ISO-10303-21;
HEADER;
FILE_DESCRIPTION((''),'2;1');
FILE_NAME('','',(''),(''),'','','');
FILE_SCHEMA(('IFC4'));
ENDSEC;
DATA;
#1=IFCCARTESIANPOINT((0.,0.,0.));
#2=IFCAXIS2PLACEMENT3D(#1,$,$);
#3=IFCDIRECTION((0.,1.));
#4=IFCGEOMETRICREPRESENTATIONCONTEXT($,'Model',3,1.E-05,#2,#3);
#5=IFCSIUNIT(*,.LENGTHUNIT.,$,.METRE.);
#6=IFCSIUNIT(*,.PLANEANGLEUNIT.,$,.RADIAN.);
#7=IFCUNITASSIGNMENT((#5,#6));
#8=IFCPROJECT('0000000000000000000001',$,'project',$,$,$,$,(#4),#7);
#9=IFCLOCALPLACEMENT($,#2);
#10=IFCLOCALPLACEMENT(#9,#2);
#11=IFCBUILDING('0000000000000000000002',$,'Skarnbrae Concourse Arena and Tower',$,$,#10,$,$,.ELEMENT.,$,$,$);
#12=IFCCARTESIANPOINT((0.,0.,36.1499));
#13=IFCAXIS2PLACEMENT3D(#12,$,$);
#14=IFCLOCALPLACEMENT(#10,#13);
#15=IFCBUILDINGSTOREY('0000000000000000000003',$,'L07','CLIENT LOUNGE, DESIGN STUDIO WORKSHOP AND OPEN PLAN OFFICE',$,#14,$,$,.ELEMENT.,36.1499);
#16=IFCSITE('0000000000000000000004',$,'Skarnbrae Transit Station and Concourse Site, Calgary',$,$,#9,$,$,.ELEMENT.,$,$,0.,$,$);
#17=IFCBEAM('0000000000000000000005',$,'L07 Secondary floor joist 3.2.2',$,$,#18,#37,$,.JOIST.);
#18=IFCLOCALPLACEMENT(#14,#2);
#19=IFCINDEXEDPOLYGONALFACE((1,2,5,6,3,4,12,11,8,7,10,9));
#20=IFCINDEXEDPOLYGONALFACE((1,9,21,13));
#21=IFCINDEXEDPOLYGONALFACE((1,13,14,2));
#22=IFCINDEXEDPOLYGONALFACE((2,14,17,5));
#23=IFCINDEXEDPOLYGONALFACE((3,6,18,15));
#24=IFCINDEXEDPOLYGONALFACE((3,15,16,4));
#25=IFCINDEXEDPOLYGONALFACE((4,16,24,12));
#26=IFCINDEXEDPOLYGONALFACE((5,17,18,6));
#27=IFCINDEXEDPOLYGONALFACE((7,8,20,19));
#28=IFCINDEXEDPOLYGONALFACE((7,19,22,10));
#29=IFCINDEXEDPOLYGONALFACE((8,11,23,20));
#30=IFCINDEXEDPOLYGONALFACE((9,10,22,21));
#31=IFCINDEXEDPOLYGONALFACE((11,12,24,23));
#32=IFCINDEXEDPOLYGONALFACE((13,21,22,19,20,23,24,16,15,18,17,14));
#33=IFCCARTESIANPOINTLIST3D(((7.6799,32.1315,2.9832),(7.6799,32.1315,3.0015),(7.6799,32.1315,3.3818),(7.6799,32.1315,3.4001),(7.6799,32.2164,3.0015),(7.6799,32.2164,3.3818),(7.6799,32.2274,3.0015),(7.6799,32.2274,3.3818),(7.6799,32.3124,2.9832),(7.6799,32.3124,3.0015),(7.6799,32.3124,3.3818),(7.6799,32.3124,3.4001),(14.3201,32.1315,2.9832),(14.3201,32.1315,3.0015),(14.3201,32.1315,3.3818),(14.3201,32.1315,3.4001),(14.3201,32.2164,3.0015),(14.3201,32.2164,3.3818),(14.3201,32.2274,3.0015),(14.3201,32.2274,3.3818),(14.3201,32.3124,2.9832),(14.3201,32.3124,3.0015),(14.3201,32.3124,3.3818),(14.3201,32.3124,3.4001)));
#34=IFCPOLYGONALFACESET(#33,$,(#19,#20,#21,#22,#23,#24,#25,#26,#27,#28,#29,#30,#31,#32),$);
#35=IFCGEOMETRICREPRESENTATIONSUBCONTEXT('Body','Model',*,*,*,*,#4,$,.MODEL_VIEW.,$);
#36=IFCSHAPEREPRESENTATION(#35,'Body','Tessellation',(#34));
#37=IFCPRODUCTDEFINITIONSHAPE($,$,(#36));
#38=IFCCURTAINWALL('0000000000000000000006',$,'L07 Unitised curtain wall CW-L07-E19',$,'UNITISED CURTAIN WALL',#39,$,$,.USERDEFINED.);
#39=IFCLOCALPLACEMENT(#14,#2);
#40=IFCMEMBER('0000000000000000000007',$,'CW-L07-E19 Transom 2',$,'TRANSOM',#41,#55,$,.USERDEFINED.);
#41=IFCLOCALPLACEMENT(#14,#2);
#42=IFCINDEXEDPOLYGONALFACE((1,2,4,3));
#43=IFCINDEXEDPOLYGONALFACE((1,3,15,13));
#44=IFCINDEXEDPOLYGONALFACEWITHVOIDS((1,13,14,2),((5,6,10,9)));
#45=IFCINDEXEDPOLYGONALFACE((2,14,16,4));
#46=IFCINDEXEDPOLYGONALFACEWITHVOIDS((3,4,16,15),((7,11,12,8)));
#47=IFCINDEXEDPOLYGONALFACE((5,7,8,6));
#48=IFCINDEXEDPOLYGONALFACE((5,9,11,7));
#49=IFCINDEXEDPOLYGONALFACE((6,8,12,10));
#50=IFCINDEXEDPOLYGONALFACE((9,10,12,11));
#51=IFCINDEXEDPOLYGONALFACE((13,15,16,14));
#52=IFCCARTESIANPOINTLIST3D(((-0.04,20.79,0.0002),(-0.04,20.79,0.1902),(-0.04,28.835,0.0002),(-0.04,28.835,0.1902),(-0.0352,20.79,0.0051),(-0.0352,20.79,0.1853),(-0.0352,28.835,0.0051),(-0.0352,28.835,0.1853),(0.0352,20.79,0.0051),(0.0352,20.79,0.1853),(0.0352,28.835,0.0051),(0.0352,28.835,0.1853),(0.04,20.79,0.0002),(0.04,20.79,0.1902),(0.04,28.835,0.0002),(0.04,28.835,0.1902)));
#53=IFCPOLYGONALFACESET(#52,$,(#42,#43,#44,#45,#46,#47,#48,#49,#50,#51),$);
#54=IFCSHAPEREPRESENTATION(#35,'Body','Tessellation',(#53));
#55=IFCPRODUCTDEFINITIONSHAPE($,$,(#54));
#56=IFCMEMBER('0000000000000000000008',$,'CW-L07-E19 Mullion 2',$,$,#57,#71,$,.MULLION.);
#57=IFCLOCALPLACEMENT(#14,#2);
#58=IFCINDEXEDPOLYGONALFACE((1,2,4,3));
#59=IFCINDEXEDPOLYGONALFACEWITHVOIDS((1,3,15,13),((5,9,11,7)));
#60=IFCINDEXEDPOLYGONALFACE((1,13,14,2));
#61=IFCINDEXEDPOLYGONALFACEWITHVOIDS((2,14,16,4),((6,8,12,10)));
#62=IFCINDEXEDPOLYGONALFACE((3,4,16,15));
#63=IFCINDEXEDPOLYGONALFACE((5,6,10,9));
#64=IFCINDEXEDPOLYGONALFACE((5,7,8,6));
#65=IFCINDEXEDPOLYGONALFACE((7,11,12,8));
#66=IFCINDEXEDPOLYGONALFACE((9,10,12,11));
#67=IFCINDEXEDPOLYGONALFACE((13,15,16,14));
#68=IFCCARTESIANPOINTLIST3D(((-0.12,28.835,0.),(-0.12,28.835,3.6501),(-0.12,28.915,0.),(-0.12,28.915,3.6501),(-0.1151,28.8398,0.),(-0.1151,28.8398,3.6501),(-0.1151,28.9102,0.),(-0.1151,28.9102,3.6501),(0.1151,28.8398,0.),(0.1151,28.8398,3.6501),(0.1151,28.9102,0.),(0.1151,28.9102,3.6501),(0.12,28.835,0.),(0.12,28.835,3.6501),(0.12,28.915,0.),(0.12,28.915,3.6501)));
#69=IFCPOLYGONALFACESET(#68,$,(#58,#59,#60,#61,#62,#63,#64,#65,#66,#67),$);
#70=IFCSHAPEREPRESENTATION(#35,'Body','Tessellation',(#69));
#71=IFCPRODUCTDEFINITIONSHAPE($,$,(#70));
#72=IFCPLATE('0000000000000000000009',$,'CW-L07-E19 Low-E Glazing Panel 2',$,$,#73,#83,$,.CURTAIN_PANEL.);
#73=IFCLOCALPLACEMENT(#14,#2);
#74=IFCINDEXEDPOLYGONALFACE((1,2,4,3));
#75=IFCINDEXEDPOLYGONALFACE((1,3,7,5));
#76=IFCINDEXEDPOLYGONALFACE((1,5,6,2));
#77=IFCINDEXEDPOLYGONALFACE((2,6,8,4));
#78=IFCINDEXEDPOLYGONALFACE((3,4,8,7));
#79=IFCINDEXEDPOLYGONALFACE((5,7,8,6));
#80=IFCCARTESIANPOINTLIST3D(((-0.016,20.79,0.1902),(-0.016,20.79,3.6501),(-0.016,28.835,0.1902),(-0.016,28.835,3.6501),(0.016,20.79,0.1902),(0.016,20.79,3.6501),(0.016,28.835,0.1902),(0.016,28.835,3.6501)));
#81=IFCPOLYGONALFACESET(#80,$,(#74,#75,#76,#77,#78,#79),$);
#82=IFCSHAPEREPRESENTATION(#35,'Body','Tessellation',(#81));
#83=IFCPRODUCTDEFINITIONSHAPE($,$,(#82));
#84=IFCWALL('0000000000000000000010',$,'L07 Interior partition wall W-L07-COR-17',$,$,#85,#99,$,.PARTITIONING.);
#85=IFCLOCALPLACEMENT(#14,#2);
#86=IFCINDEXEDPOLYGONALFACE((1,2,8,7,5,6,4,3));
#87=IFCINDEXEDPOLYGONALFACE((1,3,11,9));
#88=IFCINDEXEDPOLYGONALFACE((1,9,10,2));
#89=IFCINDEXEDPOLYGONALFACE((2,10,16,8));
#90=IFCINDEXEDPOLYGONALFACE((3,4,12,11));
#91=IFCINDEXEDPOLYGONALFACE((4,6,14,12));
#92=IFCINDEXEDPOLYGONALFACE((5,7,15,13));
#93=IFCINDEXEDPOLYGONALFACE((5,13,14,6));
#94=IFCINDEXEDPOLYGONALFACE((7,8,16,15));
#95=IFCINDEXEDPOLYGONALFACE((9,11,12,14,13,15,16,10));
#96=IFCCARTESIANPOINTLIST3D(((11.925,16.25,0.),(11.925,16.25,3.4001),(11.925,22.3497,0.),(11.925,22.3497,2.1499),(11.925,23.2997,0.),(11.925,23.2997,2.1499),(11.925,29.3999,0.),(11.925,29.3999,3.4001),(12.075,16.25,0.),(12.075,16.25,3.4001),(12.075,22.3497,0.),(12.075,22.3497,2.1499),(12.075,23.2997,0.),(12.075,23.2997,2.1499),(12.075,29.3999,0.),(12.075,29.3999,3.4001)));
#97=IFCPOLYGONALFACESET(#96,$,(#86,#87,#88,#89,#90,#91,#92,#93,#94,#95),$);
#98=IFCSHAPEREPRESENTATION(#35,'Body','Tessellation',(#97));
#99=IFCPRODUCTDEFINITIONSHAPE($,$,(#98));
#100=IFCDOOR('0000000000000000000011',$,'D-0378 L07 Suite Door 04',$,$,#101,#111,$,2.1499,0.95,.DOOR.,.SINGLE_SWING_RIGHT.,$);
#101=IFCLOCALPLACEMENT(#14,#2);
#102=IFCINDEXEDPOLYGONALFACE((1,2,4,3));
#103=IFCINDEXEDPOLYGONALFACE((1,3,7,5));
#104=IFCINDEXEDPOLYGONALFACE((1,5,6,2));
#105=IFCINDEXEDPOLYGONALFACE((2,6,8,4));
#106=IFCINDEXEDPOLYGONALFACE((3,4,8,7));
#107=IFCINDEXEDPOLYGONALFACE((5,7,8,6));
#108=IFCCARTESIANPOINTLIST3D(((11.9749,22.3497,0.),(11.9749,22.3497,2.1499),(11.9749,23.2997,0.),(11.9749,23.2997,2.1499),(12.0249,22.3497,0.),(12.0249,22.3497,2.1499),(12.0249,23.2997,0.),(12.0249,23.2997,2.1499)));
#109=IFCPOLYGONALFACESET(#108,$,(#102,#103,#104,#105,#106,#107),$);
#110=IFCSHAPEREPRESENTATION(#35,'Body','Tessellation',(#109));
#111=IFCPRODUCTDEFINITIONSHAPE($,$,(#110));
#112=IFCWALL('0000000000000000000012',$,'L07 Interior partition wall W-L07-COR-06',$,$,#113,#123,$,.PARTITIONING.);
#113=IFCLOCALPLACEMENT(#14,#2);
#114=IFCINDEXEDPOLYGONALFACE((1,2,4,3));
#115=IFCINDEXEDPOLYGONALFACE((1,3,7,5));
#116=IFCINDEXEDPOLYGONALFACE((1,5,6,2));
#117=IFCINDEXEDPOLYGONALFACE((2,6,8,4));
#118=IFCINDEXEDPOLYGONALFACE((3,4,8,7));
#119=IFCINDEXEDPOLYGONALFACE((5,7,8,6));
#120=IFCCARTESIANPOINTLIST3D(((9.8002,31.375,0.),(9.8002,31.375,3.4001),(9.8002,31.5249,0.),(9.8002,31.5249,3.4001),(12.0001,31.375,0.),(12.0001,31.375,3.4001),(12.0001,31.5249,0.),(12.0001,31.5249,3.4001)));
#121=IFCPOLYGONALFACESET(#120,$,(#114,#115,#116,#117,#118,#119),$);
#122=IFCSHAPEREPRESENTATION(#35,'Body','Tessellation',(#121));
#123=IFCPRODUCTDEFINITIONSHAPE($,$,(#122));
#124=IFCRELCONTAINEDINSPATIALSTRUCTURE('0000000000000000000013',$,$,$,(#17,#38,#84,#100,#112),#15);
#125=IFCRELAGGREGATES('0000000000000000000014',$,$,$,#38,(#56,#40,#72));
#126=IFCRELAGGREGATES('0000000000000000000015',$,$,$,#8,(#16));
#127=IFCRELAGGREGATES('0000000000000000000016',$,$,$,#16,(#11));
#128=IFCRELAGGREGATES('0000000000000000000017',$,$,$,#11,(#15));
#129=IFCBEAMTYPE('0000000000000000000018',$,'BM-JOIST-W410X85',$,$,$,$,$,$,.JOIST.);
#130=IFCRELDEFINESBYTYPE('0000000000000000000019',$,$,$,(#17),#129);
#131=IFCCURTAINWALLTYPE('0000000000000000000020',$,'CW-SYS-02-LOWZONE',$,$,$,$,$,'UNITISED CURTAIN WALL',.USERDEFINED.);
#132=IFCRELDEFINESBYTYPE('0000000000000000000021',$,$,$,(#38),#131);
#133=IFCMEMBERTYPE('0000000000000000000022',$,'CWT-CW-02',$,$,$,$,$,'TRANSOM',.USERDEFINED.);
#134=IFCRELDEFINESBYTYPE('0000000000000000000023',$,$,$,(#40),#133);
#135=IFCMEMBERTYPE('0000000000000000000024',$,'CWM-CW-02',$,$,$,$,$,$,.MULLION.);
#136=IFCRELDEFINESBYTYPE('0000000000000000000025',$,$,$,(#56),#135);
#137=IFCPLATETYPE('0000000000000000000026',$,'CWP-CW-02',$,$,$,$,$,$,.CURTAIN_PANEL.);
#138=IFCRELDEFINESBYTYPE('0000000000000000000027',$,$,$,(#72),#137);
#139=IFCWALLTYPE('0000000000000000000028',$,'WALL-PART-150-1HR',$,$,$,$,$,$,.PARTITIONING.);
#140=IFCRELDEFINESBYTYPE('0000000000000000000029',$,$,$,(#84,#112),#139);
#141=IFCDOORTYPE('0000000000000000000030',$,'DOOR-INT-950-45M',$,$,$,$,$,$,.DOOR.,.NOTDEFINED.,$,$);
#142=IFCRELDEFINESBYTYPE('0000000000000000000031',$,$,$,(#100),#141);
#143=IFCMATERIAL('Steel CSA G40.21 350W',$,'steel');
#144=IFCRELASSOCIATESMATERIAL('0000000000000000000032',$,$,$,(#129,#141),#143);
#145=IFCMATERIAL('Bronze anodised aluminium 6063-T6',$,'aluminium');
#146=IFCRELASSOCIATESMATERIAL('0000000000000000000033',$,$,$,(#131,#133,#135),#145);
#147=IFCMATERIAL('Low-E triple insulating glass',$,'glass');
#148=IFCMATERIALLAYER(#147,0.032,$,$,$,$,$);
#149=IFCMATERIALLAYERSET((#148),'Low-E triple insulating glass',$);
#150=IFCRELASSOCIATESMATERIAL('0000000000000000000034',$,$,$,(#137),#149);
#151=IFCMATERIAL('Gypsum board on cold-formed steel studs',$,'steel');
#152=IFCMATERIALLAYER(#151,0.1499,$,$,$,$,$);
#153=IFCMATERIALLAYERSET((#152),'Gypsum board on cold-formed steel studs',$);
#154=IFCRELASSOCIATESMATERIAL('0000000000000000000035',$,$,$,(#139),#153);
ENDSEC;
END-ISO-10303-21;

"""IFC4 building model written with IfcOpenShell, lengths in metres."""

from ifc_helpers import new_model, si_unit, direction, frame, frame_2d, origin, origin_2d, place, context, subcontext, project, spatial, rectangle, hollow_rectangle, i_section, extrude, source, transform, mapped, material, layer, layer_set, material_profile, profile_set, type_object, element, fill, aggregate, save


model = new_model("IFC4")

# Units and contexts
model_context = context("Model", 3, precision=1e-05, world=origin(), true_north=direction((0.0, 1.0)))
body_context = subcontext(model_context, "Body", "Model", "MODEL_VIEW")
ifc_project = project(units=[si_unit("LENGTHUNIT", "METRE"), si_unit("PLANEANGLEUNIT", "RADIAN")], contexts=[model_context])

# Site, building, storey
site_placement = place(None, origin())
site = spatial("IfcSite", under=ifc_project, at=site_placement, Name="Skarnbrae Transit Station and Concourse Site, Calgary", CompositionType="ELEMENT", RefElevation=0.0)
building_placement = place(site_placement, origin())
building = spatial("IfcBuilding", under=site, at=building_placement, Name="Skarnbrae Concourse Arena and Tower", CompositionType="ELEMENT")
storey_placement = place(building_placement, frame((0.0, 0.0, 36.1499)))
storey = spatial("IfcBuildingStorey", under=building, at=storey_placement, Name="L07", Description="CLIENT LOUNGE, DESIGN STUDIO WORKSHOP AND OPEN PLAN OFFICE", CompositionType="ELEMENT", Elevation=36.1499)

# Shared definitions
ifc_material_1 = material(Name="Steel CSA G40.21 350W", Category="steel")

# Beam
ifc_material_profile_1 = material_profile(ifc_material_1, i_section(OverallWidth=0.1809, OverallDepth=0.417, WebThickness=0.011, FlangeThickness=0.0183, at=origin_2d()), Name="W410X85")
ifc_profile_set_1 = profile_set([ifc_material_profile_1], Name="Steel CSA G40.21 350W")
beam_type_1 = type_object("IfcBeamType", Name="BM-JOIST-W410X85", PredefinedType="JOIST", material=ifc_profile_set_1)
shared_shape_1 = source(origin(), body_context, "Body", "SweptSolid", [
    extrude(i_section(OverallWidth=0.1809, OverallDepth=0.417, WebThickness=0.011, FlangeThickness=0.0183, at=origin_2d()), origin(), (0.0, 0.0, 1.0), 6.6401),
])
for number, where, z_axis, x_axis, name in (
    (1, (7.6799, 32.2219, 3.1917), (1.0, 0.0, 0.0), (0.0, 1.0, 0.0), "L07 Secondary floor joist 3.2.2"),
):
    element("IfcBeam", number, at=place(storey_placement, frame(where, z_axis=z_axis, x_axis=x_axis)), inside=storey, type_object=beam_type_1, Name=name, PredefinedType="JOIST", context=body_context, shape_type="MappedRepresentation", body=[
        mapped(shared_shape_1, transform((0.0, 0.0, 0.0))),
    ])

# Curtain wall, members, plate
ifc_material_2 = material(Name="Bronze anodised aluminium 6063-T6", Category="aluminium")
curtain_wall_type = type_object("IfcCurtainWallType", Name="CW-SYS-02-LOWZONE", ElementType="UNITISED CURTAIN WALL", PredefinedType="USERDEFINED", material=ifc_material_2)
curtain_wall_placement = place(storey_placement, origin())
curtain_wall = element("IfcCurtainWall", 2, at=curtain_wall_placement, inside=storey, type_object=curtain_wall_type, Name="L07 Unitised curtain wall CW-L07-E19", ObjectType="UNITISED CURTAIN WALL", PredefinedType="USERDEFINED")
ifc_material_profile_2 = material_profile(ifc_material_2, hollow_rectangle(XDim=0.0801, YDim=0.1899, WallThickness=0.0049, at=origin_2d()), Name="ALU-TRAN-80X190")
ifc_profile_set_2 = profile_set([ifc_material_profile_2], Name="Bronze anodised aluminium 6063-T6")
member_type_1 = type_object("IfcMemberType", Name="CWT-CW-02", ElementType="TRANSOM", PredefinedType="USERDEFINED", material=ifc_profile_set_2)
shared_shape_2 = source(origin(), body_context, "Body", "SweptSolid", [
    extrude(hollow_rectangle(XDim=0.0801, YDim=0.1899, WallThickness=0.0049, at=origin_2d()), origin(), (0.0, 0.0, 1.0), 8.0449),
])
member_1_placement = place(storey_placement, frame((0.0, 28.835, 0.0952), z_axis=(0.0, -1.0, 0.0), x_axis=(1.0, 0.0, 0.0)))
member_1 = element("IfcMember", 3, at=member_1_placement, type_object=member_type_1, Name="CW-L07-E19 Transom 2", ObjectType="TRANSOM", PredefinedType="USERDEFINED", context=body_context, shape_type="MappedRepresentation", body=[
    mapped(shared_shape_2, transform((0.0, 0.0, 0.0))),
])
ifc_material_profile_3 = material_profile(ifc_material_2, hollow_rectangle(XDim=0.0801, YDim=0.24, WallThickness=0.0049, at=origin_2d()), Name="ALU-MULL-80X240")
ifc_profile_set_3 = profile_set([ifc_material_profile_3], Name="Bronze anodised aluminium 6063-T6")
member_type_2 = type_object("IfcMemberType", Name="CWM-CW-02", PredefinedType="MULLION", material=ifc_profile_set_3)
shared_shape_3 = source(origin(), body_context, "Body", "SweptSolid", [
    extrude(hollow_rectangle(XDim=0.0801, YDim=0.24, WallThickness=0.0049, at=origin_2d()), origin(), (0.0, 0.0, 1.0), 3.6501),
])
member_2_placement = place(storey_placement, frame((0.0, 28.875, 0.0), z_axis=(0.0, 0.0, 1.0), x_axis=(0.0, -1.0, 0.0)))
member_2 = element("IfcMember", 4, at=member_2_placement, type_object=member_type_2, Name="CW-L07-E19 Mullion 2", PredefinedType="MULLION", context=body_context, shape_type="MappedRepresentation", body=[
    mapped(shared_shape_3, transform((0.0, 0.0, 0.0))),
])
ifc_material_3 = material(Name="Low-E triple insulating glass", Category="glass")
ifc_layer_1 = layer(ifc_material_3, 0.032)
ifc_layer_set_1 = layer_set([ifc_layer_1], Name="Low-E triple insulating glass")
plate_type = type_object("IfcPlateType", Name="CWP-CW-02", PredefinedType="CURTAIN_PANEL", material=ifc_layer_set_1)
shared_shape_4 = source(origin(), body_context, "Body", "SweptSolid", [
    extrude(rectangle(XDim=8.0449, YDim=0.032, at=origin_2d()), origin(), (0.0, 0.0, 1.0), 3.46),
])
plate_placement = place(storey_placement, frame((0.0, 24.8125, 0.1902), z_axis=(0.0, 0.0, 1.0), x_axis=(0.0, -1.0, 0.0)))
plate = element("IfcPlate", 5, at=plate_placement, type_object=plate_type, Name="CW-L07-E19 Low-E Glazing Panel 2", PredefinedType="CURTAIN_PANEL", context=body_context, shape_type="MappedRepresentation", body=[
    mapped(shared_shape_4, transform((0.0, 0.0, 0.0))),
])
aggregate(curtain_wall, [member_2, member_1, plate])

# Wall, opening, door
ifc_material_4 = material(Name="Gypsum board on cold-formed steel studs", Category="steel")
ifc_layer_2 = layer(ifc_material_4, 0.1499)
ifc_layer_set_2 = layer_set([ifc_layer_2], Name="Gypsum board on cold-formed steel studs")
wall_type_1 = type_object("IfcWallType", Name="WALL-PART-150-1HR", PredefinedType="PARTITIONING", material=ifc_layer_set_2)
shared_shape_5 = source(origin(), body_context, "Body", "SweptSolid", [
    extrude(rectangle(XDim=13.1499, YDim=0.1499, at=frame_2d((6.575, 0.0))), origin(), (0.0, 0.0, 1.0), 3.4001),
])
wall_1_placement = place(storey_placement, frame((12.0, 29.3999, 0.0), z_axis=(0.0, 0.0, 1.0), x_axis=(0.0, -1.0, 0.0)))
wall_1 = element("IfcWall", 6, at=wall_1_placement, inside=storey, type_object=wall_type_1, Name="L07 Interior partition wall W-L07-COR-17", PredefinedType="PARTITIONING", context=body_context, shape_type="MappedRepresentation", body=[
    mapped(shared_shape_5, transform((0.0, 0.0, 0.0))),
])
opening_1_placement = place(wall_1_placement, frame((6.1001, 0.0, 0.0)))
opening_1 = element("IfcOpeningElement", 7, at=opening_1_placement, cuts=wall_1, PredefinedType="OPENING", context=body_context, shape_type="SweptSolid", body=[
    extrude(rectangle(XDim=0.95, YDim=2.1499, at=frame_2d((0.4751, 1.075))), frame((0.0, 0.085, 0.0), z_axis=(0.0, -1.0, 0.0), x_axis=(1.0, 0.0, 0.0)), (0.0, 0.0, 1.0), 0.1699),
])
door_type = type_object("IfcDoorType", Name="DOOR-INT-950-45M", OperationType="NOTDEFINED", PredefinedType="DOOR", material=ifc_material_1)
shared_shape_6 = source(origin(), body_context, "Body", "SweptSolid", [
    extrude(rectangle(XDim=0.95, YDim=2.1499, at=frame_2d((0.4751, 1.075))), frame((0.0, 0.0249, 0.0), z_axis=(0.0, -1.0, 0.0), x_axis=(1.0, 0.0, 0.0)), (0.0, 0.0, 1.0), 0.05),
])
door_1_placement = place(opening_1_placement, origin())
door_1 = element("IfcDoor", 8, at=door_1_placement, inside=storey, type_object=door_type, Name="D-0378 L07 Suite Door 04", OperationType="SINGLE_SWING_RIGHT", OverallHeight=2.1499, OverallWidth=0.95, PredefinedType="DOOR", context=body_context, shape_type="MappedRepresentation", body=[
    mapped(shared_shape_6, transform((0.0, 0.0, 0.0))),
])
fill(opening_1, door_1)

# Wall
shared_shape_7 = source(origin(), body_context, "Body", "SweptSolid", [
    extrude(rectangle(XDim=2.2, YDim=0.1499, at=frame_2d((1.1001, 0.0))), origin(), (0.0, 0.0, 1.0), 3.4001),
])
wall_2_placement = place(storey_placement, frame((9.8, 31.45, 0.0), z_axis=(0.0, 0.0, 1.0), x_axis=(1.0, 0.0, 0.0)))
element("IfcWall", 9, at=wall_2_placement, inside=storey, type_object=wall_type_1, Name="L07 Interior partition wall W-L07-COR-06", PredefinedType="PARTITIONING", context=body_context, shape_type="MappedRepresentation", body=[
    mapped(shared_shape_7, transform((0.0, 0.0, 0.0))),
])

save(model, "model.ifc")
